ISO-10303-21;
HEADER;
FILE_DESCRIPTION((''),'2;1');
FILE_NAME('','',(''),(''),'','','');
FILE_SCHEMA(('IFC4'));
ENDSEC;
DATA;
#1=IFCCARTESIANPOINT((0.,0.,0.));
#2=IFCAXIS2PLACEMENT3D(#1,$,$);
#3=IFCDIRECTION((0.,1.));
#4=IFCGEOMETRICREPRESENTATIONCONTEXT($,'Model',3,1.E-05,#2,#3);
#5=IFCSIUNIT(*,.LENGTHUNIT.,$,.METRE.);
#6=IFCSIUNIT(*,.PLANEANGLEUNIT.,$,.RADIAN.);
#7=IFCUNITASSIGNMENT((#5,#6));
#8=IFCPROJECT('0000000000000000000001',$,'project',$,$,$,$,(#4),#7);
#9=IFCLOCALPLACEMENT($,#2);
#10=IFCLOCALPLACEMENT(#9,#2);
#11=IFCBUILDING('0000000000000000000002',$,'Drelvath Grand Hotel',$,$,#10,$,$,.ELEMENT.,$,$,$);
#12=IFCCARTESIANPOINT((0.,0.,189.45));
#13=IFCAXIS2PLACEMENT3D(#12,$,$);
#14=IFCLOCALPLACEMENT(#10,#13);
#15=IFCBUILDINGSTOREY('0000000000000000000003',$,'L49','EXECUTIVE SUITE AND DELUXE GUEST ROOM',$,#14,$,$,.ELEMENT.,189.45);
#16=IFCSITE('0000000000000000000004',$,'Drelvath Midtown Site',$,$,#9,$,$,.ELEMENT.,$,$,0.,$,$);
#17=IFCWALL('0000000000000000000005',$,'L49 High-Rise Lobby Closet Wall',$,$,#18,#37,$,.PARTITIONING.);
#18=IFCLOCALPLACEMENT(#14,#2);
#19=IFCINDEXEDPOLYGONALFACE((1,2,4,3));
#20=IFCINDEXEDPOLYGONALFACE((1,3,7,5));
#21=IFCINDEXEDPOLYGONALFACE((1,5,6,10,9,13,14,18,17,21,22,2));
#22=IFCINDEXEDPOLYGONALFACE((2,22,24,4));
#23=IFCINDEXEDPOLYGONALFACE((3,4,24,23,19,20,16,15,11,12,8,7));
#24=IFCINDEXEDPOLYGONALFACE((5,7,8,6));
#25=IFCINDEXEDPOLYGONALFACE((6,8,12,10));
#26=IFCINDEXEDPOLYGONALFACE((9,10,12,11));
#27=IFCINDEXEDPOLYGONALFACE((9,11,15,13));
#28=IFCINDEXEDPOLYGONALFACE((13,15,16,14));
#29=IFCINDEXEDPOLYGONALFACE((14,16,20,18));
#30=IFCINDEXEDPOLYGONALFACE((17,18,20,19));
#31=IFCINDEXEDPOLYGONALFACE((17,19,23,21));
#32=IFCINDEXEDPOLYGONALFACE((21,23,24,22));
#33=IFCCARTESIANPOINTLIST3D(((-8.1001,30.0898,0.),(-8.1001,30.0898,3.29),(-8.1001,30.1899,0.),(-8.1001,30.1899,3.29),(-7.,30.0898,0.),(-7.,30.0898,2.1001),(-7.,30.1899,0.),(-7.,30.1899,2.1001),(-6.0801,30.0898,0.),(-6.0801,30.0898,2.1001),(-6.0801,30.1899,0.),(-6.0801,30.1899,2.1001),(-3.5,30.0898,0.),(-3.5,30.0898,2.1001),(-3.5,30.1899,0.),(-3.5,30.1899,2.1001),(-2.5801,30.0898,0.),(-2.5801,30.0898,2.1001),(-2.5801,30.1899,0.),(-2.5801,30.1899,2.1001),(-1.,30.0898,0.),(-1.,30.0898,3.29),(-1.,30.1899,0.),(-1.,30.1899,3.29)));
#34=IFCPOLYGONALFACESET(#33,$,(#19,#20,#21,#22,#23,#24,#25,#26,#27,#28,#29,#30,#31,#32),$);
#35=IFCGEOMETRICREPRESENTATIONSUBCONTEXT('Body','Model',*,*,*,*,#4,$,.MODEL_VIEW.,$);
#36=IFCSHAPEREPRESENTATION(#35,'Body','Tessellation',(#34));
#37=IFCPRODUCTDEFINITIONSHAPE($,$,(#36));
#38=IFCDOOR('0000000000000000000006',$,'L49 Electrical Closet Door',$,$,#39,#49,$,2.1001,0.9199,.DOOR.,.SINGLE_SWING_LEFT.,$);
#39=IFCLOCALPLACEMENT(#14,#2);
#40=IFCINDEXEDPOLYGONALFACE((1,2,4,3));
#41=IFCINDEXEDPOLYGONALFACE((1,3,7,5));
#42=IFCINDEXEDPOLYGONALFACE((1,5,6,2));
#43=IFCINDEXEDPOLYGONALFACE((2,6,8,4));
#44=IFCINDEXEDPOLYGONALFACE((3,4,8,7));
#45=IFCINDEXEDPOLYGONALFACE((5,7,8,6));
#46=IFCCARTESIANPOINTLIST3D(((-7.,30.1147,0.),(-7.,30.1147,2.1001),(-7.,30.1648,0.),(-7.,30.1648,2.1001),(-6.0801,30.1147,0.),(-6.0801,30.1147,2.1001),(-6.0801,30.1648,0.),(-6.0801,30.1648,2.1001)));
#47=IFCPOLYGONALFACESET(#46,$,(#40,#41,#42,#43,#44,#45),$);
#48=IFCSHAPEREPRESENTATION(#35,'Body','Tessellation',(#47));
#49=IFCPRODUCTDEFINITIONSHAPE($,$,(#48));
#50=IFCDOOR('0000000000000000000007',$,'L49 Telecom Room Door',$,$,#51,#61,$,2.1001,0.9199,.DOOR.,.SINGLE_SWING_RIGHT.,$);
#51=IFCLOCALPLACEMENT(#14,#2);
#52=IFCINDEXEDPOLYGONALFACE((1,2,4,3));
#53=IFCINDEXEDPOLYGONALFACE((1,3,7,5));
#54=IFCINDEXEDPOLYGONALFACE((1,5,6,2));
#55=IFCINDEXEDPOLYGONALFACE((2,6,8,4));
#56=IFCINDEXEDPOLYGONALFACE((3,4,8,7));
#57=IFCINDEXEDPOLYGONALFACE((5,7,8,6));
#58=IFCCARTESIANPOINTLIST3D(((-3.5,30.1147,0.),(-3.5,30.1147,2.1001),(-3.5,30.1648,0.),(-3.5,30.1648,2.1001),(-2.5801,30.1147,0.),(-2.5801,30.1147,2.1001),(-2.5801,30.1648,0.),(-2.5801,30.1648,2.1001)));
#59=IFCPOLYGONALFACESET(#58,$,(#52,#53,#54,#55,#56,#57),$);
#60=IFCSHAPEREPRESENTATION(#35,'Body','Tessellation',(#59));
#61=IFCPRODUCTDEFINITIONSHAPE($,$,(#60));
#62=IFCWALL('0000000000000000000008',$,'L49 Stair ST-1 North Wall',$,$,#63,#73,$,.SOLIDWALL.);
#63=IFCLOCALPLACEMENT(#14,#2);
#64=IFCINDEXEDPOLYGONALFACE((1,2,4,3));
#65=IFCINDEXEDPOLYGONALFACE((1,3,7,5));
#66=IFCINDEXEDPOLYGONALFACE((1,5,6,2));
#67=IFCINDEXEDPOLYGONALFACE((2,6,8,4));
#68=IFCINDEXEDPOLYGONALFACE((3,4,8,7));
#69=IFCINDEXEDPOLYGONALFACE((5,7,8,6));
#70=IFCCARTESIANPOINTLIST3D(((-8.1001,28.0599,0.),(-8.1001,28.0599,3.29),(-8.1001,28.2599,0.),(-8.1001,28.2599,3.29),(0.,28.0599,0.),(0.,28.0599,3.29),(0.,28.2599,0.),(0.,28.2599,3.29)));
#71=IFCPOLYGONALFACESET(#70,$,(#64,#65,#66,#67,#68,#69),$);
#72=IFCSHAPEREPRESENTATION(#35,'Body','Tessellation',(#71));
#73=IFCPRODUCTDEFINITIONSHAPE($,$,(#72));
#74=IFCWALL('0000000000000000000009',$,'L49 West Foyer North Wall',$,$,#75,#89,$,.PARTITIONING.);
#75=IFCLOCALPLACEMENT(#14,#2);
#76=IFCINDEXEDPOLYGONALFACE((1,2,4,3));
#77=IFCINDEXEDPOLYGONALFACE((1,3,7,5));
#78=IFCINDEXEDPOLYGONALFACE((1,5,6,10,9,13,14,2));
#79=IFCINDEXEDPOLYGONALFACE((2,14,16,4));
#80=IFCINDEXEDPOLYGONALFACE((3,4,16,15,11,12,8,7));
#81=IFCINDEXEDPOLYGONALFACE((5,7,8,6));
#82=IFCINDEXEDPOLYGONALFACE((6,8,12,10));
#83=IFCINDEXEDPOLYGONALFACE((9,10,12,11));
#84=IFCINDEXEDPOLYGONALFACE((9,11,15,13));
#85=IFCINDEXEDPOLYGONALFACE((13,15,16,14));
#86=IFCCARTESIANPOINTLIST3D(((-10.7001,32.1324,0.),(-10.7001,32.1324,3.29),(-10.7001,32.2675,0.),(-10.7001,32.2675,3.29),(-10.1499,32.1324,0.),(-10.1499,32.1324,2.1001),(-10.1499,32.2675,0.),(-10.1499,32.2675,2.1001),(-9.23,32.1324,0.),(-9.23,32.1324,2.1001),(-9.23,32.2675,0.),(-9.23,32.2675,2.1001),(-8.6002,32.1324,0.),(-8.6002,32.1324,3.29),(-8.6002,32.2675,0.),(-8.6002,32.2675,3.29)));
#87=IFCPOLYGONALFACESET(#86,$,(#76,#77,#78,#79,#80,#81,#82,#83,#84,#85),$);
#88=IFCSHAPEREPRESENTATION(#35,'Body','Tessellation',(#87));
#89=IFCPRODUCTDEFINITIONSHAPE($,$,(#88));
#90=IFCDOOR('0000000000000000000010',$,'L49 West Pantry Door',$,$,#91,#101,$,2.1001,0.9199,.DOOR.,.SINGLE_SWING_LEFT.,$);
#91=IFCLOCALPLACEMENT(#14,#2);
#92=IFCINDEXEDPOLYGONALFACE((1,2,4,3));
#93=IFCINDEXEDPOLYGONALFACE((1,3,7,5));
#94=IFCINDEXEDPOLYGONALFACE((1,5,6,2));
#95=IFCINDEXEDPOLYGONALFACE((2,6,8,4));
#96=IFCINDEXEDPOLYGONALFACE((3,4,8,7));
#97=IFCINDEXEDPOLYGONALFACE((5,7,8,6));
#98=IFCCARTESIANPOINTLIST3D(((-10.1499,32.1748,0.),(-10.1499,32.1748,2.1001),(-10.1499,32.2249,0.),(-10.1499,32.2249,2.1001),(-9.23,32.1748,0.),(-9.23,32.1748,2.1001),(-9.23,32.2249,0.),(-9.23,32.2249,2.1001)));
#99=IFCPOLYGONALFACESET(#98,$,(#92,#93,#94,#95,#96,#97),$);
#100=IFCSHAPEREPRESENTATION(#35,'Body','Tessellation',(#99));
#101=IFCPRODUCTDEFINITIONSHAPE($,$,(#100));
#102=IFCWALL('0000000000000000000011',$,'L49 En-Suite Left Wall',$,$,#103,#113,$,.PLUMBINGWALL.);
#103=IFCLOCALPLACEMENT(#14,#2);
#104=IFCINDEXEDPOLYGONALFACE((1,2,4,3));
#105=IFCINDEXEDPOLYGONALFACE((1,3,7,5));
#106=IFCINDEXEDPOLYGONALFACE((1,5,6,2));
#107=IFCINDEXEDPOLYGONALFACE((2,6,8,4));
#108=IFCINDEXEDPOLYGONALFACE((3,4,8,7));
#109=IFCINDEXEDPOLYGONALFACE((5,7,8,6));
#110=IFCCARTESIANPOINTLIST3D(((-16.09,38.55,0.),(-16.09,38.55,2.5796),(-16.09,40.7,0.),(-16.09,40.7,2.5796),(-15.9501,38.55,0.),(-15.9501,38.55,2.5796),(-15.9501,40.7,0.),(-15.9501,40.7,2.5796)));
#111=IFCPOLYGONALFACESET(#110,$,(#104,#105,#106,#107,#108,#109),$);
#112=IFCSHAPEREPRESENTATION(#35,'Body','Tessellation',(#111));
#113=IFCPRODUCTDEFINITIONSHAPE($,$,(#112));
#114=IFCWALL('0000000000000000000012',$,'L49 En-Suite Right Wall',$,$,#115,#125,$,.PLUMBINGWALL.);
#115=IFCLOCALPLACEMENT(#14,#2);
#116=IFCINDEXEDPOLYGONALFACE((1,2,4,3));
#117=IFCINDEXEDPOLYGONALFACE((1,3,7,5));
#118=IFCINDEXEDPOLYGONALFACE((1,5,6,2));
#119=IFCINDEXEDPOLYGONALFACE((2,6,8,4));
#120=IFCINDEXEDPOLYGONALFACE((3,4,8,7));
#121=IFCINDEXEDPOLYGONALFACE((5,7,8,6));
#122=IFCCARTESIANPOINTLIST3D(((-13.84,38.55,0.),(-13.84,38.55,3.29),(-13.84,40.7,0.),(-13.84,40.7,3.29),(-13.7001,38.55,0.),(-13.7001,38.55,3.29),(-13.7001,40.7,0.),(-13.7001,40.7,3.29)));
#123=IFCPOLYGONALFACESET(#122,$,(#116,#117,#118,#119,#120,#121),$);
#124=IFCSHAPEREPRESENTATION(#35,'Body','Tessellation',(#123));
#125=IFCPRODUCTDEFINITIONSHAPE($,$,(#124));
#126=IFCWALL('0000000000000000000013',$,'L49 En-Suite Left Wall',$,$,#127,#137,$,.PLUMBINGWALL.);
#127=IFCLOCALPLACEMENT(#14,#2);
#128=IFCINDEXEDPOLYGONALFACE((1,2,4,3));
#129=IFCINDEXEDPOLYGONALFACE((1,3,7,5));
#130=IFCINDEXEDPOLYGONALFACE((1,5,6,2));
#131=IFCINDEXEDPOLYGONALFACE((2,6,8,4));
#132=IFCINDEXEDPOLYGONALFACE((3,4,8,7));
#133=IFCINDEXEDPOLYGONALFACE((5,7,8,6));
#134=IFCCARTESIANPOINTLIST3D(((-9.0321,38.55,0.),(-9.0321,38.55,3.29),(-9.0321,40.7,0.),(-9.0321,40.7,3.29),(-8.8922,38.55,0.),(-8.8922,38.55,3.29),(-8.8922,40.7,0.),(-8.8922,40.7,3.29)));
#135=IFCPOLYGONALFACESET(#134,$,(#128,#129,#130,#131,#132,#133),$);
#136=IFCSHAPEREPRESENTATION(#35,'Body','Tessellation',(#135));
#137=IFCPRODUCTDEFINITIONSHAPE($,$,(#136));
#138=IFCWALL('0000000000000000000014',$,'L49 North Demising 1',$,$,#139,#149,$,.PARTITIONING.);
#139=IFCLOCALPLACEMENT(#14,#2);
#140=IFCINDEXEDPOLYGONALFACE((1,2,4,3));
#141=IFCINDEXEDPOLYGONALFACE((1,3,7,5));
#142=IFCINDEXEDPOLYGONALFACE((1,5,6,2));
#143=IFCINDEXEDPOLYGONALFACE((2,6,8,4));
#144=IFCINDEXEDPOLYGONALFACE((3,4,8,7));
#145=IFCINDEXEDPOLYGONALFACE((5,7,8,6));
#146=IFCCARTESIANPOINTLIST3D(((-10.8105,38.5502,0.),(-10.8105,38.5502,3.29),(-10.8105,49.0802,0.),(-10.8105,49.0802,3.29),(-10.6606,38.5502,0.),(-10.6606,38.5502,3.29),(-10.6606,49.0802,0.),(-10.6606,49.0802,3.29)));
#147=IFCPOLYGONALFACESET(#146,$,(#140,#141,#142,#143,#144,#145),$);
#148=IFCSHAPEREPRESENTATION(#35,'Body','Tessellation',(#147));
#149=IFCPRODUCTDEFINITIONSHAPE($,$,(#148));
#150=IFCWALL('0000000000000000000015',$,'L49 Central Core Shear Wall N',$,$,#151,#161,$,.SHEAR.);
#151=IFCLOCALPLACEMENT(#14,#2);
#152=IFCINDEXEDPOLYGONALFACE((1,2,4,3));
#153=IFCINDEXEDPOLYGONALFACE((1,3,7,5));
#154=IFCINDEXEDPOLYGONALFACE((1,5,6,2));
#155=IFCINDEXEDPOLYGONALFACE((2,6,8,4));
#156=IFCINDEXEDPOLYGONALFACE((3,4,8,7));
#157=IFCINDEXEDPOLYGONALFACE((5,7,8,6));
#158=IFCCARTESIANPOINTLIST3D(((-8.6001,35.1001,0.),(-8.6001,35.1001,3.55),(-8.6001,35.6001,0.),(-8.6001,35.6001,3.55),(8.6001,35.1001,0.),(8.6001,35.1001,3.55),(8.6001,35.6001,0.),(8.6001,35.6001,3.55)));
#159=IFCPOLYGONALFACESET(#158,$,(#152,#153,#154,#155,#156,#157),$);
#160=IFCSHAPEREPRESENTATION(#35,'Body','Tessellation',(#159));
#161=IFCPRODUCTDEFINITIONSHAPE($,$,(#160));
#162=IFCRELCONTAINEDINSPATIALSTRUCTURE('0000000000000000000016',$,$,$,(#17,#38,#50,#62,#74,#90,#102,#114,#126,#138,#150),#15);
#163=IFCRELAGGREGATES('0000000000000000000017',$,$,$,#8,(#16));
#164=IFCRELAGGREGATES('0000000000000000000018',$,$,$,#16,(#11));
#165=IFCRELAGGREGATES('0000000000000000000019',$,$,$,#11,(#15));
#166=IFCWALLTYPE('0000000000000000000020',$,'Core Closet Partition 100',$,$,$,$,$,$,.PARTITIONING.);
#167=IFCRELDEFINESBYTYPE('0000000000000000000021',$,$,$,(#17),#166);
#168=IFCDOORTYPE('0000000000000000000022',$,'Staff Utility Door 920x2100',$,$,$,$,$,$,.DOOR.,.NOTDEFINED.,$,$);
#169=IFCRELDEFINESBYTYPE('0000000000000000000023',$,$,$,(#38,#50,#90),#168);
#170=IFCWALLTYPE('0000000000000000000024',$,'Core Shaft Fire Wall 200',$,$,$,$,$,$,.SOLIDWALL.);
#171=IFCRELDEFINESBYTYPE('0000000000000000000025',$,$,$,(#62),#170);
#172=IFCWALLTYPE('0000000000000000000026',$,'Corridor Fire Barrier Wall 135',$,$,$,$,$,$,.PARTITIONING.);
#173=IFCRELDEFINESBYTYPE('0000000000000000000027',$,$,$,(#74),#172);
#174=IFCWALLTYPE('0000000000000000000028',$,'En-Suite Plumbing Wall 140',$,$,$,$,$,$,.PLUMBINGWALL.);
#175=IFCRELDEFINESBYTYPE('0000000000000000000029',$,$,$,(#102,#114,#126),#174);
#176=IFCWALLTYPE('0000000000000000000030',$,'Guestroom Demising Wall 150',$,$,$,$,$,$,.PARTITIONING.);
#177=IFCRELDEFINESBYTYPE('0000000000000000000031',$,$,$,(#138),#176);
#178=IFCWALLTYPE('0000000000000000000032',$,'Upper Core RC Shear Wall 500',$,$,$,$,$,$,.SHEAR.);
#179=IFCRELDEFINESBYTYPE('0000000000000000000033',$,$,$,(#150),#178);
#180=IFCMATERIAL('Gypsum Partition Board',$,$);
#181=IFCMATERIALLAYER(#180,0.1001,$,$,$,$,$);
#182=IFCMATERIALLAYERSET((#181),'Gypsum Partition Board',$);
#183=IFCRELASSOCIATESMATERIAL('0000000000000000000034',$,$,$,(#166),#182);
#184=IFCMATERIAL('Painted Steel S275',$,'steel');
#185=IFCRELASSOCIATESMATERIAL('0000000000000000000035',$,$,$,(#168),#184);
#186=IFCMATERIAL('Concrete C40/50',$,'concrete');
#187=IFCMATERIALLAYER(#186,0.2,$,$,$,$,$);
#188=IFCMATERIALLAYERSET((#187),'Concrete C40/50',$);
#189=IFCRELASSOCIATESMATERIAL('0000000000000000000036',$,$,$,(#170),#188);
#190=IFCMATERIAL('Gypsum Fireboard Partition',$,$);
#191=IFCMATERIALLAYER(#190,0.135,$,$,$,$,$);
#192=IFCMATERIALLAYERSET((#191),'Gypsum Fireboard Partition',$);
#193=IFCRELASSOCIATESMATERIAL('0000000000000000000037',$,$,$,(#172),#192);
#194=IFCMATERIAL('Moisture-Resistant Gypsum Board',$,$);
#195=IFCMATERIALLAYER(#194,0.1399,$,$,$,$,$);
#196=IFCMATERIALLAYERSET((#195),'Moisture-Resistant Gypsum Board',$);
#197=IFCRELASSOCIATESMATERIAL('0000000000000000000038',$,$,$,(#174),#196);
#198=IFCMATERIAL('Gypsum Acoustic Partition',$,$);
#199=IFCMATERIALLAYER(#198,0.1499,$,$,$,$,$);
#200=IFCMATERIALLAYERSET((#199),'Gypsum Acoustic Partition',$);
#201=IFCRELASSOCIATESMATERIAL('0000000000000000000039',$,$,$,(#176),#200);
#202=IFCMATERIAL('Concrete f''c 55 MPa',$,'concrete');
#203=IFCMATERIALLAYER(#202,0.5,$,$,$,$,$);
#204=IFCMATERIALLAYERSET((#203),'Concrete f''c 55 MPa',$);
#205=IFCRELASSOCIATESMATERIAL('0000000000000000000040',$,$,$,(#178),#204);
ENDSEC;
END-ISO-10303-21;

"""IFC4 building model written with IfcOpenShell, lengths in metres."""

from ifc_helpers import new_model, si_unit, direction, frame, frame_2d, origin, place, context, subcontext, project, spatial, rectangle, extrude, material, layer, layer_set, type_object, element, fill, save


model = new_model("IFC4")

# Units and contexts
model_context = context("Model", 3, precision=1e-05, world=origin(), true_north=direction((0.0, 1.0)))
body_context = subcontext(model_context, "Body", "Model", "MODEL_VIEW")
ifc_project = project(units=[si_unit("LENGTHUNIT", "METRE"), si_unit("PLANEANGLEUNIT", "RADIAN")], contexts=[model_context])

# Site, building, storey
site_placement = place(None, origin())
site = spatial("IfcSite", under=ifc_project, at=site_placement, Name="Drelvath Midtown Site", CompositionType="ELEMENT", RefElevation=0.0)
building_placement = place(site_placement, origin())
building = spatial("IfcBuilding", under=site, at=building_placement, Name="Drelvath Grand Hotel", CompositionType="ELEMENT")
storey_placement = place(building_placement, frame((0.0, 0.0, 189.45)))
storey = spatial("IfcBuildingStorey", under=building, at=storey_placement, Name="L49", Description="EXECUTIVE SUITE AND DELUXE GUEST ROOM", CompositionType="ELEMENT", Elevation=189.45)

# Shared definitions
ifc_material_1 = material(Name="Concrete f'c 55 MPa", Category="concrete")

# Wall, openings, doors
ifc_material_2 = material(Name="Gypsum Partition Board")
ifc_layer_1 = layer(ifc_material_2, 0.1001)
ifc_layer_set_1 = layer_set([ifc_layer_1], Name="Gypsum Partition Board")
wall_type_1 = type_object("IfcWallType", Name="Core Closet Partition 100", PredefinedType="PARTITIONING", material=ifc_layer_set_1)
wall_1_placement = place(storey_placement, frame((-8.1001, 30.1399, 0.0), z_axis=(0.0, 0.0, 1.0), x_axis=(1.0, 0.0, 0.0)))
wall_1 = element("IfcWall", 1, at=wall_1_placement, inside=storey, type_object=wall_type_1, Name="L49 High-Rise Lobby Closet Wall", PredefinedType="PARTITIONING", context=body_context, shape_type="SweptSolid", body=[
    extrude(rectangle(XDim=7.1001, YDim=0.1001, at=frame_2d((3.55, 0.0))), origin(), (0.0, 0.0, 1.0), 3.29),
])
opening_1_placement = place(wall_1_placement, frame((1.1001, 0.0, 0.0)))
opening_1 = element("IfcOpeningElement", 2, at=opening_1_placement, cuts=wall_1, PredefinedType="OPENING", context=body_context, shape_type="SweptSolid", body=[
    extrude(rectangle(XDim=0.9199, YDim=2.1001, at=frame_2d((0.46, 1.05))), frame((0.0, 0.0601, 0.0), z_axis=(0.0, -1.0, 0.0), x_axis=(1.0, 0.0, 0.0)), (0.0, 0.0, 1.0), 0.1201),
])
opening_2_placement = place(wall_1_placement, frame((4.6001, 0.0, 0.0)))
opening_2 = element("IfcOpeningElement", 3, at=opening_2_placement, cuts=wall_1, PredefinedType="OPENING", context=body_context, shape_type="SweptSolid", body=[
    extrude(rectangle(XDim=0.9199, YDim=2.1001, at=frame_2d((0.46, 1.05))), frame((0.0, 0.0601, 0.0), z_axis=(0.0, -1.0, 0.0), x_axis=(1.0, 0.0, 0.0)), (0.0, 0.0, 1.0), 0.1201),
])
ifc_material_3 = material(Name="Painted Steel S275", Category="steel")
door_type = type_object("IfcDoorType", Name="Staff Utility Door 920x2100", OperationType="NOTDEFINED", PredefinedType="DOOR", material=ifc_material_3)
door_1_placement = place(opening_1_placement, origin())
door_1 = element("IfcDoor", 4, at=door_1_placement, inside=storey, type_object=door_type, Name="L49 Electrical Closet Door", OperationType="SINGLE_SWING_LEFT", OverallHeight=2.1001, OverallWidth=0.9199, PredefinedType="DOOR", context=body_context, shape_type="SweptSolid", body=[
    extrude(rectangle(XDim=0.9199, YDim=2.1001, at=frame_2d((0.46, 1.05))), frame((0.0, 0.0249, 0.0), z_axis=(0.0, -1.0, 0.0), x_axis=(1.0, 0.0, 0.0)), (0.0, 0.0, 1.0), 0.05),
])
fill(opening_1, door_1)
door_2_placement = place(opening_2_placement, origin())
door_2 = element("IfcDoor", 5, at=door_2_placement, inside=storey, type_object=door_type, Name="L49 Telecom Room Door", OperationType="SINGLE_SWING_RIGHT", OverallHeight=2.1001, OverallWidth=0.9199, PredefinedType="DOOR", context=body_context, shape_type="SweptSolid", body=[
    extrude(rectangle(XDim=0.9199, YDim=2.1001, at=frame_2d((0.46, 1.05))), frame((0.0, 0.0249, 0.0), z_axis=(0.0, -1.0, 0.0), x_axis=(1.0, 0.0, 0.0)), (0.0, 0.0, 1.0), 0.05),
])
fill(opening_2, door_2)

# Wall
ifc_material_4 = material(Name="Concrete C40/50", Category="concrete")
ifc_layer_2 = layer(ifc_material_4, 0.2)
ifc_layer_set_2 = layer_set([ifc_layer_2], Name="Concrete C40/50")
wall_type_2 = type_object("IfcWallType", Name="Core Shaft Fire Wall 200", PredefinedType="SOLIDWALL", material=ifc_layer_set_2)
wall_2_placement = place(storey_placement, frame((-8.1001, 28.1599, 0.0), z_axis=(0.0, 0.0, 1.0), x_axis=(1.0, 0.0, 0.0)))
element("IfcWall", 6, at=wall_2_placement, inside=storey, type_object=wall_type_2, Name="L49 Stair ST-1 North Wall", PredefinedType="SOLIDWALL", context=body_context, shape_type="SweptSolid", body=[
    extrude(rectangle(XDim=8.1001, YDim=0.2, at=frame_2d((4.05, 0.0))), origin(), (0.0, 0.0, 1.0), 3.29),
])

# Wall, opening, door
ifc_material_5 = material(Name="Gypsum Fireboard Partition")
ifc_layer_3 = layer(ifc_material_5, 0.135)
ifc_layer_set_3 = layer_set([ifc_layer_3], Name="Gypsum Fireboard Partition")
wall_type_3 = type_object("IfcWallType", Name="Corridor Fire Barrier Wall 135", PredefinedType="PARTITIONING", material=ifc_layer_set_3)
wall_3_placement = place(storey_placement, frame((-10.7, 32.2, 0.0), z_axis=(0.0, 0.0, 1.0), x_axis=(1.0, 0.0, 0.0)))
wall_3 = element("IfcWall", 7, at=wall_3_placement, inside=storey, type_object=wall_type_3, Name="L49 West Foyer North Wall", PredefinedType="PARTITIONING", context=body_context, shape_type="SweptSolid", body=[
    extrude(rectangle(XDim=2.0999, YDim=0.135, at=frame_2d((1.0498, 0.0))), origin(), (0.0, 0.0, 1.0), 3.29),
])
opening_3_placement = place(wall_3_placement, frame((0.55, 0.0, 0.0)))
opening_3 = element("IfcOpeningElement", 8, at=opening_3_placement, cuts=wall_3, PredefinedType="OPENING", context=body_context, shape_type="SweptSolid", body=[
    extrude(rectangle(XDim=0.9199, YDim=2.1001, at=frame_2d((0.46, 1.05))), frame((0.0, 0.0774, 0.0), z_axis=(0.0, -1.0, 0.0), x_axis=(1.0, 0.0, 0.0)), (0.0, 0.0, 1.0), 0.155),
])
door_3_placement = place(opening_3_placement, origin())
door_3 = element("IfcDoor", 9, at=door_3_placement, inside=storey, type_object=door_type, Name="L49 West Pantry Door", OperationType="SINGLE_SWING_LEFT", OverallHeight=2.1001, OverallWidth=0.9199, PredefinedType="DOOR", context=body_context, shape_type="SweptSolid", body=[
    extrude(rectangle(XDim=0.9199, YDim=2.1001, at=frame_2d((0.46, 1.05))), frame((0.0, 0.0249, 0.0), z_axis=(0.0, -1.0, 0.0), x_axis=(1.0, 0.0, 0.0)), (0.0, 0.0, 1.0), 0.05),
])
fill(opening_3, door_3)

# Walls
ifc_material_6 = material(Name="Moisture-Resistant Gypsum Board")
ifc_layer_4 = layer(ifc_material_6, 0.1399)
ifc_layer_set_4 = layer_set([ifc_layer_4], Name="Moisture-Resistant Gypsum Board")
wall_type_4 = type_object("IfcWallType", Name="En-Suite Plumbing Wall 140", PredefinedType="PLUMBINGWALL", material=ifc_layer_set_4)
wall_4_placement = place(storey_placement, frame((-16.02, 38.55, 0.0), z_axis=(0.0, 0.0, 1.0), x_axis=(0.0, 1.0, 0.0)))
element("IfcWall", 10, at=wall_4_placement, inside=storey, type_object=wall_type_4, Name="L49 En-Suite Left Wall", PredefinedType="PLUMBINGWALL", context=body_context, shape_type="SweptSolid", body=[
    extrude(rectangle(XDim=2.1499, YDim=0.1399, at=frame_2d((1.075, 0.0))), origin(), (0.0, 0.0, 1.0), 2.5796),
])
for number, where, z_axis, x_axis, name in (
    (11, (-13.77, 38.55, 0.0), (0.0, 0.0, 1.0), (0.0, 1.0, 0.0), "L49 En-Suite Right Wall"),
    (12, (-8.9622, 38.55, 0.0), (0.0, 0.0, 1.0), (0.0, 1.0, 0.0), "L49 En-Suite Left Wall"),
):
    element("IfcWall", number, at=place(storey_placement, frame(where, z_axis=z_axis, x_axis=x_axis)), inside=storey, type_object=wall_type_4, Name=name, PredefinedType="PLUMBINGWALL", context=body_context, shape_type="SweptSolid", body=[
        extrude(rectangle(XDim=2.1499, YDim=0.1399, at=frame_2d((1.075, 0.0))), origin(), (0.0, 0.0, 1.0), 3.29),
    ])
ifc_material_7 = material(Name="Gypsum Acoustic Partition")
ifc_layer_5 = layer(ifc_material_7, 0.1499)
ifc_layer_set_5 = layer_set([ifc_layer_5], Name="Gypsum Acoustic Partition")
wall_type_5 = type_object("IfcWallType", Name="Guestroom Demising Wall 150", PredefinedType="PARTITIONING", material=ifc_layer_set_5)
wall_5_placement = place(storey_placement, frame((-10.7356, 38.55, 0.0), z_axis=(0.0, 0.0, 1.0), x_axis=(0.0, 1.0, 0.0)))
element("IfcWall", 13, at=wall_5_placement, inside=storey, type_object=wall_type_5, Name="L49 North Demising 1", PredefinedType="PARTITIONING", context=body_context, shape_type="SweptSolid", body=[
    extrude(rectangle(XDim=10.53, YDim=0.1499, at=frame_2d((5.2651, 0.0))), origin(), (0.0, 0.0, 1.0), 3.29),
])
ifc_layer_6 = layer(ifc_material_1, 0.5)
ifc_layer_set_6 = layer_set([ifc_layer_6], Name="Concrete f'c 55 MPa")
wall_type_6 = type_object("IfcWallType", Name="Upper Core RC Shear Wall 500", PredefinedType="SHEAR", material=ifc_layer_set_6)
wall_6_placement = place(storey_placement, frame((-8.6001, 35.3501, 0.0), z_axis=(0.0, 0.0, 1.0), x_axis=(1.0, 0.0, 0.0)))
element("IfcWall", 14, at=wall_6_placement, inside=storey, type_object=wall_type_6, Name="L49 Central Core Shear Wall N", PredefinedType="SHEAR", context=body_context, shape_type="SweptSolid", body=[
    extrude(rectangle(XDim=17.2002, YDim=0.5, at=frame_2d((8.6001, 0.0))), origin(), (0.0, 0.0, 1.0), 3.55),
])

save(model, "model.ifc")
